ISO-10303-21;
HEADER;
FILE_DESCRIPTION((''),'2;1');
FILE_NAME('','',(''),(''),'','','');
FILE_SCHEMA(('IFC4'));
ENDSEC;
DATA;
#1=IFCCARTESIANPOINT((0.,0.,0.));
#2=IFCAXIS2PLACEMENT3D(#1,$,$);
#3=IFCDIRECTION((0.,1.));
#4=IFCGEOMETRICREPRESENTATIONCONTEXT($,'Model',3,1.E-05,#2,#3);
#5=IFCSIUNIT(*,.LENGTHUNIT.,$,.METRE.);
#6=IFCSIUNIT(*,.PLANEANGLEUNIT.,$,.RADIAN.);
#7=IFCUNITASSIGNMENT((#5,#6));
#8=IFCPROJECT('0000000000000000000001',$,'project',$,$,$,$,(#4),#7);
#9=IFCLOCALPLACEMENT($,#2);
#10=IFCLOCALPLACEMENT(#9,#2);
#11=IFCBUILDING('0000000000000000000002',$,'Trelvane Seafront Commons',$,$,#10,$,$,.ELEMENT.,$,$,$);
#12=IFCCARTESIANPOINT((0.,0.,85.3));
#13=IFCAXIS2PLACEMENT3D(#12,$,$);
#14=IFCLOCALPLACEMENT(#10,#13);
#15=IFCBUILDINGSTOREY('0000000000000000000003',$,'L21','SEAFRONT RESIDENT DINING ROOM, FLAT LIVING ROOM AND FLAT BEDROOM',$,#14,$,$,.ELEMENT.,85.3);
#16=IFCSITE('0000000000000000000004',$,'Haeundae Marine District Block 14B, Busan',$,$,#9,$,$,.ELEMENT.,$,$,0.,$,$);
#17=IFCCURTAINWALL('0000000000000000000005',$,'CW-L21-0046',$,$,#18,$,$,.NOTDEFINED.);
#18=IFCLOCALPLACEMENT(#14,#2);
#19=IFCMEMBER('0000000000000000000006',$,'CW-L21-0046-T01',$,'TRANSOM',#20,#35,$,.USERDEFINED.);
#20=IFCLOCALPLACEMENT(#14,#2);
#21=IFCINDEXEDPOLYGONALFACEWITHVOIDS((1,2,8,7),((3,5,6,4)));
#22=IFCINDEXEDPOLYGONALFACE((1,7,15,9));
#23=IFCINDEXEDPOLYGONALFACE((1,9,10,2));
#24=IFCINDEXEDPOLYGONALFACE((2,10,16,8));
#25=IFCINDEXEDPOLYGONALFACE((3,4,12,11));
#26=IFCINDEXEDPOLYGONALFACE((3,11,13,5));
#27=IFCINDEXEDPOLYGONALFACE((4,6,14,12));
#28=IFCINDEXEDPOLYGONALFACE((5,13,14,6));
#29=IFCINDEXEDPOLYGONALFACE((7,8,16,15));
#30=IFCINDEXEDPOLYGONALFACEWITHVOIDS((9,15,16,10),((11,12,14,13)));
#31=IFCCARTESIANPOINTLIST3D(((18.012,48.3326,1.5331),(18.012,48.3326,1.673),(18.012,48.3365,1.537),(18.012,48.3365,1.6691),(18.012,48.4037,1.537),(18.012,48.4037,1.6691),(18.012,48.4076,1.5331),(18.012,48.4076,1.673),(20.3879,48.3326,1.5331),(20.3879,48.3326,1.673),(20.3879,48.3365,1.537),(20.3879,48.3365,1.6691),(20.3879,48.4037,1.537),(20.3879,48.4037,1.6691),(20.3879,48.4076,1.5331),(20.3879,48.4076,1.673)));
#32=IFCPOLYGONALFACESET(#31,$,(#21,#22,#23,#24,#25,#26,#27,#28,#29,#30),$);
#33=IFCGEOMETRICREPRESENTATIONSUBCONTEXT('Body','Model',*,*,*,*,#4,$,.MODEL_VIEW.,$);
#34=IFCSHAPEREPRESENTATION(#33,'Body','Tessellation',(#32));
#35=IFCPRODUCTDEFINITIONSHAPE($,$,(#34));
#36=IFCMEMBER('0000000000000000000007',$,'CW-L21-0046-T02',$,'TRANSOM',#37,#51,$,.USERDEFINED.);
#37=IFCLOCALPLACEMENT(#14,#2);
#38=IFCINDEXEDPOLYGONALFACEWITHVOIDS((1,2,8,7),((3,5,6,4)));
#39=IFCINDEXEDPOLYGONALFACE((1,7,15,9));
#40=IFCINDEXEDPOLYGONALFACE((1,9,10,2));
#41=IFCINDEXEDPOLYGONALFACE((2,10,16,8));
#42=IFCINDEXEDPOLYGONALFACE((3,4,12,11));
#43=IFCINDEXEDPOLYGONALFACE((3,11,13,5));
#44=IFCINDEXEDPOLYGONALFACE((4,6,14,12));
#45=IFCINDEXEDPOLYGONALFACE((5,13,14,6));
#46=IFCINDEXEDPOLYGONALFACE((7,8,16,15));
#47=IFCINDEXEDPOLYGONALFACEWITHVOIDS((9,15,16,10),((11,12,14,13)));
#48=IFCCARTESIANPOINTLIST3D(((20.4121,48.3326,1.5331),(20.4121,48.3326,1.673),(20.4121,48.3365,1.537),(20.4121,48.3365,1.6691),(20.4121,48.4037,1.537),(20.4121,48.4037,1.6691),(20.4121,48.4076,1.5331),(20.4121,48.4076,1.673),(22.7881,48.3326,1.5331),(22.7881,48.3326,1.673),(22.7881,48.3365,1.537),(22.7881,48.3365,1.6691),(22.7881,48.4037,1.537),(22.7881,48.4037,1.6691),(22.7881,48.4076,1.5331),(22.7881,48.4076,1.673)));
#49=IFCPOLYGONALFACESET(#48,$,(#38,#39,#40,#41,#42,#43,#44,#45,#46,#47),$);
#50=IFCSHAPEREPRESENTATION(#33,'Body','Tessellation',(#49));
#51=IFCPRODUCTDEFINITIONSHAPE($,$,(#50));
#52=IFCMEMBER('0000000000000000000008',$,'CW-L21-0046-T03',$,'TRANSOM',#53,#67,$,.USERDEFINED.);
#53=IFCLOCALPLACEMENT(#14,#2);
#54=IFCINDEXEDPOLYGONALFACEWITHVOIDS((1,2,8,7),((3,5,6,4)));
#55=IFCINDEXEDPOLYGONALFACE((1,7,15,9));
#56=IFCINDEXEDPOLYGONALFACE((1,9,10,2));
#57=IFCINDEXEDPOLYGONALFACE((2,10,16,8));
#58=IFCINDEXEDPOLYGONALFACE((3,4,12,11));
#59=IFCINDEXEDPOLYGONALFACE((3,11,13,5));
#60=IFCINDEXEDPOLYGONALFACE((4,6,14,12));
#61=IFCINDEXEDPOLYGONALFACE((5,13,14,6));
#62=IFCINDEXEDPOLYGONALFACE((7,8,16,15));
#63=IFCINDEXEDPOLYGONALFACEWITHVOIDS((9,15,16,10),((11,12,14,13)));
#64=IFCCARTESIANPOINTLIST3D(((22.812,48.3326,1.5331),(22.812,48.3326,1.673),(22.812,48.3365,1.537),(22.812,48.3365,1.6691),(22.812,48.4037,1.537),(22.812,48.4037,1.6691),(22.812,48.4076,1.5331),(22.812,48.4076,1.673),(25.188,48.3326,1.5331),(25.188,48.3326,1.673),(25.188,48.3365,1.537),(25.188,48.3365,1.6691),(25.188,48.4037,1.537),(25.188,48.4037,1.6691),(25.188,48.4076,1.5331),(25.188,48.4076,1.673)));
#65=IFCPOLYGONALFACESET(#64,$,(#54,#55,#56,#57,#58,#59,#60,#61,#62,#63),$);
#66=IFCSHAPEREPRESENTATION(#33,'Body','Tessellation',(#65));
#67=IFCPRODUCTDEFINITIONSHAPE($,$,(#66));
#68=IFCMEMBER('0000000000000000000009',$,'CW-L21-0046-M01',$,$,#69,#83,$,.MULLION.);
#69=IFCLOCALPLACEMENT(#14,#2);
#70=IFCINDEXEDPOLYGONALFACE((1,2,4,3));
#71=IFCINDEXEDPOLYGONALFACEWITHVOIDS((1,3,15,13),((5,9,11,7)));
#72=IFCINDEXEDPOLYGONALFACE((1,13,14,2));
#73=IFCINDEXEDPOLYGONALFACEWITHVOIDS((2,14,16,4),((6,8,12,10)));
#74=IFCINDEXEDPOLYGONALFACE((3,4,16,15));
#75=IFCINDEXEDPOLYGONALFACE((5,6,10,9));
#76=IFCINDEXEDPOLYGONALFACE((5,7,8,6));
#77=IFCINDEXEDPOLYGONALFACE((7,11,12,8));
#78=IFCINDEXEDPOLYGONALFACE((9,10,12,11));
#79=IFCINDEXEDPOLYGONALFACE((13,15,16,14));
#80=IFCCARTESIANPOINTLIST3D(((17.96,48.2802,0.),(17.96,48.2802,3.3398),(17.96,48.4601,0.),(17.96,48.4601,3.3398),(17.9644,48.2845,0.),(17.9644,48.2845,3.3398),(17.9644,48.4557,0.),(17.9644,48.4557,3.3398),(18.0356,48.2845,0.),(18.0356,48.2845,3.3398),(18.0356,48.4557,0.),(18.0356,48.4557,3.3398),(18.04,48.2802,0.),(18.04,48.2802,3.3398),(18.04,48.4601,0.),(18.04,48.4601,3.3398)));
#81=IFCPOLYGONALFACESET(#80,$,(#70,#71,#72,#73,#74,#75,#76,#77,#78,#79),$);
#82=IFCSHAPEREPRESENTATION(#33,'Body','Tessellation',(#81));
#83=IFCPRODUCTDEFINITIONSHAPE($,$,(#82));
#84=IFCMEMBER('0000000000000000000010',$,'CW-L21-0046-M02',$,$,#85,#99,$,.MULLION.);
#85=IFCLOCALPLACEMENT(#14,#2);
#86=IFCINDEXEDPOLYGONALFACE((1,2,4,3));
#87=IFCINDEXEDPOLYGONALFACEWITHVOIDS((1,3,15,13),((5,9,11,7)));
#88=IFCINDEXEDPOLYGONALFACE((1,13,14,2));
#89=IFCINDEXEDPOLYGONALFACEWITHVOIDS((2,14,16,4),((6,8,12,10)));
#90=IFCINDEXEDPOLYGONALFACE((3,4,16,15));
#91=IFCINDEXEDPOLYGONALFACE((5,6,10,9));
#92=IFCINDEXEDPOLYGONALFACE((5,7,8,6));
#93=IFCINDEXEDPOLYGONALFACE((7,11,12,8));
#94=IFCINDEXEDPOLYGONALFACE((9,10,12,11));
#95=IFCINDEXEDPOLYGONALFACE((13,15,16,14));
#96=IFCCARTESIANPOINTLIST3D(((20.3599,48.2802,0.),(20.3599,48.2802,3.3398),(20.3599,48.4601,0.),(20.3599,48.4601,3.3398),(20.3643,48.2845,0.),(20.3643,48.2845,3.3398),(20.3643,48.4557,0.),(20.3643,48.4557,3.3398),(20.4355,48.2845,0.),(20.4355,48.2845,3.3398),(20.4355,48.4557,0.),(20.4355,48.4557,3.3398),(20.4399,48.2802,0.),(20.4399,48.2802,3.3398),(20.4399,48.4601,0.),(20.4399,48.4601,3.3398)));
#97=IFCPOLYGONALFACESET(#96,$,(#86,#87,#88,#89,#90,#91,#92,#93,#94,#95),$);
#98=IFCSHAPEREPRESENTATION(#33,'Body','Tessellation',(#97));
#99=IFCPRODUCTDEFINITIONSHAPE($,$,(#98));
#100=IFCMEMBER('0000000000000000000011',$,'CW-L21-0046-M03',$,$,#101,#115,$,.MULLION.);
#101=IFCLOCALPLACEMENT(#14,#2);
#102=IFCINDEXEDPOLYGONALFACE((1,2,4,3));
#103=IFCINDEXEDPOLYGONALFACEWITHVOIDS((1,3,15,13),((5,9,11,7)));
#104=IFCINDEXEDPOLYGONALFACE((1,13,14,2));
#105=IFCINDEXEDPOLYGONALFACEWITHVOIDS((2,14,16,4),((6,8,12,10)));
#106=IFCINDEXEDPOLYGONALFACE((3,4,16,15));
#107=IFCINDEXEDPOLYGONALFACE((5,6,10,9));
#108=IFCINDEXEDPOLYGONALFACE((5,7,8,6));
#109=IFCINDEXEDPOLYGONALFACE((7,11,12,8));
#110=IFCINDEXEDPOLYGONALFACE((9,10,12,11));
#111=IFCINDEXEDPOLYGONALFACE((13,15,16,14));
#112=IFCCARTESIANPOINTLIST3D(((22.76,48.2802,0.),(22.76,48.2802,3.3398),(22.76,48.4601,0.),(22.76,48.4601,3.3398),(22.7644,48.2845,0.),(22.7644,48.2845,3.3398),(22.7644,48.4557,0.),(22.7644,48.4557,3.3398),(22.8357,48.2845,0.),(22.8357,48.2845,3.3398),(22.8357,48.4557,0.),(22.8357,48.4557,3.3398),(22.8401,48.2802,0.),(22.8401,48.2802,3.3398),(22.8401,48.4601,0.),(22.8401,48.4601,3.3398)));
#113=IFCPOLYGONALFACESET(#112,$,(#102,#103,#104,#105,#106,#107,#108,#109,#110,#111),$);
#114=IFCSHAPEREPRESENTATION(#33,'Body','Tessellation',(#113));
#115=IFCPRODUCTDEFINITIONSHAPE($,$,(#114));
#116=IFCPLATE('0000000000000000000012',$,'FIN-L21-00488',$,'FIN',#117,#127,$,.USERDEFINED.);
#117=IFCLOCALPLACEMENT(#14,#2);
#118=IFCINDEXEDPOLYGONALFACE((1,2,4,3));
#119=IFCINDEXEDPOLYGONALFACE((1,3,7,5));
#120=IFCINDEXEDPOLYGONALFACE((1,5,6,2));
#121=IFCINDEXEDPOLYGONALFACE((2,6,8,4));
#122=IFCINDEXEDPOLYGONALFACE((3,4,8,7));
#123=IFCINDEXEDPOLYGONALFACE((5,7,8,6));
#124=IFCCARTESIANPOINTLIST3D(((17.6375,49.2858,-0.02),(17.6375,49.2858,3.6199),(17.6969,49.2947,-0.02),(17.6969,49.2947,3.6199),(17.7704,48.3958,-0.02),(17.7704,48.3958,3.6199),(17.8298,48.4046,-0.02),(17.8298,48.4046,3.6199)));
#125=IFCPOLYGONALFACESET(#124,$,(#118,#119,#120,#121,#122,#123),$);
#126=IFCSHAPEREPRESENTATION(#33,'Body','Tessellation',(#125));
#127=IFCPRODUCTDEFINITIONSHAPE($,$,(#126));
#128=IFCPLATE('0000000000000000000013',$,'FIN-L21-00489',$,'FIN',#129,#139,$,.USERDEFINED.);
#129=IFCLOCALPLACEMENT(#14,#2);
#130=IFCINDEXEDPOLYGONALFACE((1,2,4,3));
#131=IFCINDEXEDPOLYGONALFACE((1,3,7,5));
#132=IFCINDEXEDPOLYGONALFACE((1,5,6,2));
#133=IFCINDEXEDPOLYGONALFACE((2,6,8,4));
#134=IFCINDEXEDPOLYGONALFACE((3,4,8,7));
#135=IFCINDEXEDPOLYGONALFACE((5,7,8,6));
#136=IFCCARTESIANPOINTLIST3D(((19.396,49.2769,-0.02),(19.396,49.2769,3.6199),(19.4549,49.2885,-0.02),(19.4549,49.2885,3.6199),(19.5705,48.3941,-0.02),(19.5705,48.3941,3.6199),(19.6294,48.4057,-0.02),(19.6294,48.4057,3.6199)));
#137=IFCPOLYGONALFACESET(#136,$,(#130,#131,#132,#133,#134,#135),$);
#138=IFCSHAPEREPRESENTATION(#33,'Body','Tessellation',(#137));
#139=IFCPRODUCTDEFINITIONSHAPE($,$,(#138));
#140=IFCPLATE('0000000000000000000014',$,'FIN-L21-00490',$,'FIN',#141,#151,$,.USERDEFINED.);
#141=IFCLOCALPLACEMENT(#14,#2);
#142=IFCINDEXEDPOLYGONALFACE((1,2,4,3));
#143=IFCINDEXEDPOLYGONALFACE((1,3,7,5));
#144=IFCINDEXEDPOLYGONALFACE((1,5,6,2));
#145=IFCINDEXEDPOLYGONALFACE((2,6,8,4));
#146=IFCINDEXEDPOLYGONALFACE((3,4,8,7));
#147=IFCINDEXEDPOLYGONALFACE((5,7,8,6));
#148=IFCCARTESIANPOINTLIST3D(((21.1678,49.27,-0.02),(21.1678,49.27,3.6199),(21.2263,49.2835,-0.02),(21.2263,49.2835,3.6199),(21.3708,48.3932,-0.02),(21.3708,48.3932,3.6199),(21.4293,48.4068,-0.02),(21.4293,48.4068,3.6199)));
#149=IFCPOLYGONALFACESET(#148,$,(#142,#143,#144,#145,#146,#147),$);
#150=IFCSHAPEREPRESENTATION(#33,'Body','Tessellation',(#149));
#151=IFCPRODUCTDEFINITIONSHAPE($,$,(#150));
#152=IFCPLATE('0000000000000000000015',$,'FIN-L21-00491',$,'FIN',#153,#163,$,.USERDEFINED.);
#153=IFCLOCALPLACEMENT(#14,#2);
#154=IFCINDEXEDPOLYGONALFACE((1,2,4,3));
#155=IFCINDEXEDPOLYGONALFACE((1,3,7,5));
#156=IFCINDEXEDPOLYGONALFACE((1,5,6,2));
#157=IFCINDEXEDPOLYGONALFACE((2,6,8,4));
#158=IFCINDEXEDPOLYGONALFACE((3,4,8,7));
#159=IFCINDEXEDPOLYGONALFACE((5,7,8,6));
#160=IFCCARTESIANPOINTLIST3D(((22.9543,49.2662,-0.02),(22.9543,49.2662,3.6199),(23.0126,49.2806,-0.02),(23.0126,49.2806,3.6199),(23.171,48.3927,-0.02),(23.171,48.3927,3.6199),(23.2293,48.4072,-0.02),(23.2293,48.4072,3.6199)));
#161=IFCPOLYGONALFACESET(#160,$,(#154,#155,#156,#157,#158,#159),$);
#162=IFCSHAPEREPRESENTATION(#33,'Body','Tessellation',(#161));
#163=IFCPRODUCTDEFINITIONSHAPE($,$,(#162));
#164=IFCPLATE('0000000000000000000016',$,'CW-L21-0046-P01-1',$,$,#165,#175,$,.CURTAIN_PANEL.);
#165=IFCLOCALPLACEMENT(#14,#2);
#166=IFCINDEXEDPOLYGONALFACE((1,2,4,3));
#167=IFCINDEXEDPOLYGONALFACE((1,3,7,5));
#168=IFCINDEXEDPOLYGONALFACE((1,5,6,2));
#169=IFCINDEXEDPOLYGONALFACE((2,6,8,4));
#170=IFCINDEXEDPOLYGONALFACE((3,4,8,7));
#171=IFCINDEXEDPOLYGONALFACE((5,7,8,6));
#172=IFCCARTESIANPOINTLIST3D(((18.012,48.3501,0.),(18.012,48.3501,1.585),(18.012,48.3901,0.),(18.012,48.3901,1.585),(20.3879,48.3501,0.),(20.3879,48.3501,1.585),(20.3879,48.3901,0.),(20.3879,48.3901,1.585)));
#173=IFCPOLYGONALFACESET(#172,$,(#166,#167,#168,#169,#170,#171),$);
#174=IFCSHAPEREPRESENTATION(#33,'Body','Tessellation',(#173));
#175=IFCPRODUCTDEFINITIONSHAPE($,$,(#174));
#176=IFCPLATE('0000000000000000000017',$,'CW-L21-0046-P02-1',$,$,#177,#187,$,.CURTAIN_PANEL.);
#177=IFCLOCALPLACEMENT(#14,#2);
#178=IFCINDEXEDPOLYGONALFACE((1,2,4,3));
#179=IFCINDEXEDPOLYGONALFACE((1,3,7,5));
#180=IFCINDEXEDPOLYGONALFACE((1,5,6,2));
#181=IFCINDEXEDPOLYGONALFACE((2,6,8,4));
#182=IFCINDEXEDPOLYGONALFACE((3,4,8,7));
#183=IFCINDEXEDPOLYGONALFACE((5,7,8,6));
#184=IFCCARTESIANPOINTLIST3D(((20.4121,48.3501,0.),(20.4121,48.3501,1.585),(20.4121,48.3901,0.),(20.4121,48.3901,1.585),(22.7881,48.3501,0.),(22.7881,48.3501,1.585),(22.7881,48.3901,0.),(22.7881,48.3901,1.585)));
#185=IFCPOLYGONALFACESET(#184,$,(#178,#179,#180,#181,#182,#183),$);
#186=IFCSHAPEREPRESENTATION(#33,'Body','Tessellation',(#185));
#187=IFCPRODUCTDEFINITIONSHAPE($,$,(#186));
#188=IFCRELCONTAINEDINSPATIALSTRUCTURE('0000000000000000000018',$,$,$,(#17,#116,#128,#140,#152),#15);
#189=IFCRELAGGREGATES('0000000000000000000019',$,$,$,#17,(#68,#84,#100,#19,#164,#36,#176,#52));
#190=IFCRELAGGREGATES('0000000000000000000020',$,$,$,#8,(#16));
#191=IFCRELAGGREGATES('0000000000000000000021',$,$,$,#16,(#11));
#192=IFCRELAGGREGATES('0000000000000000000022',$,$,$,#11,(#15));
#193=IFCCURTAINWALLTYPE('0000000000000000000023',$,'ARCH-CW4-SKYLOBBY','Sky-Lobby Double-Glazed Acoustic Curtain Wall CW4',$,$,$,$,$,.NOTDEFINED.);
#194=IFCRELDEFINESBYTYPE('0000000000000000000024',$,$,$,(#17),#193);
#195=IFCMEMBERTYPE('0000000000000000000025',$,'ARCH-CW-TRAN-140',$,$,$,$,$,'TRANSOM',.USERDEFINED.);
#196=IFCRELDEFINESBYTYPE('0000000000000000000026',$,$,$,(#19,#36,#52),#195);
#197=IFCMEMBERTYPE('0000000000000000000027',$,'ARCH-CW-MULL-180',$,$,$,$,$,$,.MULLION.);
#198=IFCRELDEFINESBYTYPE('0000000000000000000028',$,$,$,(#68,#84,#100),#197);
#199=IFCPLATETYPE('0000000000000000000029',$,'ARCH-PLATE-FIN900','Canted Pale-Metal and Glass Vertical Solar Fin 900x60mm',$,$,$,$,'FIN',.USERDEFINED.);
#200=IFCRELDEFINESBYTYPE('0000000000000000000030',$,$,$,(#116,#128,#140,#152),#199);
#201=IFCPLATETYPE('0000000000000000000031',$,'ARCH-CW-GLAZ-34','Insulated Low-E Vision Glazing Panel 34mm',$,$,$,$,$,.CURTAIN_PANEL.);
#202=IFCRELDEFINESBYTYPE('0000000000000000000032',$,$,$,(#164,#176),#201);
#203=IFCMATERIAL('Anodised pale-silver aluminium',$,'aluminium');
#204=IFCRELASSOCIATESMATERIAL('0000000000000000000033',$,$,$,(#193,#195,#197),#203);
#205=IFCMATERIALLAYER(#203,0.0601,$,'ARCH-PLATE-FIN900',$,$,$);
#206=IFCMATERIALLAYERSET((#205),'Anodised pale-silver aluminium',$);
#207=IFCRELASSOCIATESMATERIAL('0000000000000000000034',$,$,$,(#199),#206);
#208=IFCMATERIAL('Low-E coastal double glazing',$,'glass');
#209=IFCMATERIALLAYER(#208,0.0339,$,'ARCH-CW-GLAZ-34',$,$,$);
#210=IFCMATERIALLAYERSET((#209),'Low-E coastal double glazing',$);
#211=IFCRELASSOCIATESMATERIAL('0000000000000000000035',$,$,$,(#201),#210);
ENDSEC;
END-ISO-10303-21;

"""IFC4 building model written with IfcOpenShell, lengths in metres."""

from ifc_helpers import new_model, si_unit, direction, frame, origin, origin_2d, place, context, subcontext, project, spatial, rectangle, hollow_rectangle, extrude, source, transform, mapped, material, layer, layer_set, material_profile, profile_set, type_object, element, aggregate, save


model = new_model("IFC4")

# Units and contexts
model_context = context("Model", 3, precision=1e-05, world=origin(), true_north=direction((0.0, 1.0)))
body_context = subcontext(model_context, "Body", "Model", "MODEL_VIEW")
ifc_project = project(units=[si_unit("LENGTHUNIT", "METRE"), si_unit("PLANEANGLEUNIT", "RADIAN")], contexts=[model_context])

# Site, building, storey
site_placement = place(None, origin())
site = spatial("IfcSite", under=ifc_project, at=site_placement, Name="Haeundae Marine District Block 14B, Busan", CompositionType="ELEMENT", RefElevation=0.0)
building_placement = place(site_placement, origin())
building = spatial("IfcBuilding", under=site, at=building_placement, Name="Trelvane Seafront Commons", CompositionType="ELEMENT")
storey_placement = place(building_placement, frame((0.0, 0.0, 85.3)))
storey = spatial("IfcBuildingStorey", under=building, at=storey_placement, Name="L21", Description="SEAFRONT RESIDENT DINING ROOM, FLAT LIVING ROOM AND FLAT BEDROOM", CompositionType="ELEMENT", Elevation=85.3)

# Curtain wall, members
ifc_material_1 = material(Name="Anodised pale-silver aluminium", Category="aluminium")
curtain_wall_type = type_object("IfcCurtainWallType", Name="ARCH-CW4-SKYLOBBY", Description="Sky-Lobby Double-Glazed Acoustic Curtain Wall CW4", PredefinedType="NOTDEFINED", material=ifc_material_1)
curtain_wall_placement = place(storey_placement, origin())
curtain_wall = element("IfcCurtainWall", 1, at=curtain_wall_placement, inside=storey, type_object=curtain_wall_type, Name="CW-L21-0046", PredefinedType="NOTDEFINED")
ifc_material_profile_1 = material_profile(ifc_material_1, hollow_rectangle(XDim=0.075, YDim=0.1399, WallThickness=0.0039, at=origin_2d()), Name="TRAN-75x140x4")
ifc_profile_set_1 = profile_set([ifc_material_profile_1], Name="Anodised pale-silver aluminium")
member_type_1 = type_object("IfcMemberType", Name="ARCH-CW-TRAN-140", ElementType="TRANSOM", PredefinedType="USERDEFINED", material=ifc_profile_set_1)
shared_shape_1 = source(origin(), body_context, "Body", "SweptSolid", [
    extrude(hollow_rectangle(XDim=0.075, YDim=0.1399, WallThickness=0.0039, at=origin_2d()), origin(), (0.0, 0.0, 1.0), 2.376),
])
member_1_placement = place(storey_placement, frame((18.012, 48.3701, 1.603), z_axis=(1.0, 0.0, 0.0), x_axis=(0.0, 1.0, 0.0)))
member_1 = element("IfcMember", 2, at=member_1_placement, type_object=member_type_1, Name="CW-L21-0046-T01", ObjectType="TRANSOM", PredefinedType="USERDEFINED", context=body_context, shape_type="MappedRepresentation", body=[
    mapped(shared_shape_1, transform((0.0, 0.0, 0.0), x_axis=(1.0, 0.0, 0.0), y_axis=(0.0, 1.0, 0.0), z_axis=(0.0, 0.0, 1.0), scale=1.0)),
])
member_2_placement = place(storey_placement, frame((20.4121, 48.3701, 1.603), z_axis=(1.0, 0.0, 0.0), x_axis=(0.0, 1.0, 0.0)))
member_2 = element("IfcMember", 3, at=member_2_placement, type_object=member_type_1, Name="CW-L21-0046-T02", ObjectType="TRANSOM", PredefinedType="USERDEFINED", context=body_context, shape_type="MappedRepresentation", body=[
    mapped(shared_shape_1, transform((0.0, 0.0, 0.0), x_axis=(1.0, 0.0, 0.0), y_axis=(0.0, 1.0, 0.0), z_axis=(0.0, 0.0, 1.0), scale=1.0)),
])
member_3_placement = place(storey_placement, frame((22.812, 48.3701, 1.603), z_axis=(1.0, 0.0, 0.0), x_axis=(0.0, 1.0, 0.0)))
member_3 = element("IfcMember", 4, at=member_3_placement, type_object=member_type_1, Name="CW-L21-0046-T03", ObjectType="TRANSOM", PredefinedType="USERDEFINED", context=body_context, shape_type="MappedRepresentation", body=[
    mapped(shared_shape_1, transform((0.0, 0.0, 0.0), x_axis=(1.0, 0.0, 0.0), y_axis=(0.0, 1.0, 0.0), z_axis=(0.0, 0.0, 1.0), scale=1.0)),
])
ifc_material_profile_2 = material_profile(ifc_material_1, hollow_rectangle(XDim=0.0801, YDim=0.1799, WallThickness=0.0044, at=origin_2d()), Name="MULL-80x180x4.5")
ifc_profile_set_2 = profile_set([ifc_material_profile_2], Name="Anodised pale-silver aluminium")
member_type_2 = type_object("IfcMemberType", Name="ARCH-CW-MULL-180", PredefinedType="MULLION", material=ifc_profile_set_2)
shared_shape_2 = source(origin(), body_context, "Body", "SweptSolid", [
    extrude(hollow_rectangle(XDim=0.0801, YDim=0.1799, WallThickness=0.0044, at=origin_2d()), origin(), (0.0, 0.0, 1.0), 3.3398),
])
member_4_placement = place(storey_placement, frame((18.0, 48.3701, 0.0), z_axis=(0.0, 0.0, 1.0), x_axis=(1.0, 0.0, 0.0)))
member_4 = element("IfcMember", 5, at=member_4_placement, type_object=member_type_2, Name="CW-L21-0046-M01", PredefinedType="MULLION", context=body_context, shape_type="MappedRepresentation", body=[
    mapped(shared_shape_2, transform((0.0, 0.0, 0.0), x_axis=(1.0, 0.0, 0.0), y_axis=(0.0, 1.0, 0.0), z_axis=(0.0, 0.0, 1.0), scale=1.0)),
])
member_5_placement = place(storey_placement, frame((20.3999, 48.3701, 0.0), z_axis=(0.0, 0.0, 1.0), x_axis=(1.0, 0.0, 0.0)))
member_5 = element("IfcMember", 6, at=member_5_placement, type_object=member_type_2, Name="CW-L21-0046-M02", PredefinedType="MULLION", context=body_context, shape_type="MappedRepresentation", body=[
    mapped(shared_shape_2, transform((0.0, 0.0, 0.0), x_axis=(1.0, 0.0, 0.0), y_axis=(0.0, 1.0, 0.0), z_axis=(0.0, 0.0, 1.0), scale=1.0)),
])
member_6_placement = place(storey_placement, frame((22.8, 48.3701, 0.0), z_axis=(0.0, 0.0, 1.0), x_axis=(1.0, 0.0, 0.0)))
member_6 = element("IfcMember", 7, at=member_6_placement, type_object=member_type_2, Name="CW-L21-0046-M03", PredefinedType="MULLION", context=body_context, shape_type="MappedRepresentation", body=[
    mapped(shared_shape_2, transform((0.0, 0.0, 0.0), x_axis=(1.0, 0.0, 0.0), y_axis=(0.0, 1.0, 0.0), z_axis=(0.0, 0.0, 1.0), scale=1.0)),
])

# Plates
ifc_layer_1 = layer(ifc_material_1, 0.0601, Name="ARCH-PLATE-FIN900")
ifc_layer_set_1 = layer_set([ifc_layer_1], Name="Anodised pale-silver aluminium")
plate_type_1 = type_object("IfcPlateType", Name="ARCH-PLATE-FIN900", Description="Canted Pale-Metal and Glass Vertical Solar Fin 900x60mm", ElementType="FIN", PredefinedType="USERDEFINED", material=ifc_layer_set_1)
shared_shape_3 = source(origin(), body_context, "Body", "SweptSolid", [
    extrude(rectangle(XDim=0.8999, YDim=0.0601, at=origin_2d()), origin(), (0.0, 0.0, 1.0), 3.6399),
])
for number, where, z_axis, x_axis, name in (
    (8, (17.7336, 48.8452, -0.02), (0.0, 0.0, 1.0), (-0.147671, 0.989036, 0.0), "FIN-L21-00488"),
    (9, (19.5127, 48.8413, -0.02), (0.0, 0.0, 1.0), (-0.193894, 0.981023, 0.0), "FIN-L21-00489"),
    (10, (21.2986, 48.8384, -0.02), (0.0, 0.0, 1.0), (-0.225558, 0.97423, 0.0), "FIN-L21-00490"),
    (11, (23.0918, 48.8367, -0.02), (0.0, 0.0, 1.0), (-0.240784, 0.970579, 0.0), "FIN-L21-00491"),
):
    element("IfcPlate", number, at=place(storey_placement, frame(where, z_axis=z_axis, x_axis=x_axis)), inside=storey, type_object=plate_type_1, Name=name, ObjectType="FIN", PredefinedType="USERDEFINED", context=body_context, shape_type="MappedRepresentation", body=[
        mapped(shared_shape_3, transform((0.0, 0.0, 0.0), x_axis=(1.0, 0.0, 0.0), y_axis=(0.0, 1.0, 0.0), z_axis=(0.0, 0.0, 1.0), scale=1.0)),
    ])

# Plates
ifc_material_2 = material(Name="Low-E coastal double glazing", Category="glass")
ifc_layer_2 = layer(ifc_material_2, 0.0339, Name="ARCH-CW-GLAZ-34")
ifc_layer_set_2 = layer_set([ifc_layer_2], Name="Low-E coastal double glazing")
plate_type_2 = type_object("IfcPlateType", Name="ARCH-CW-GLAZ-34", Description="Insulated Low-E Vision Glazing Panel 34mm", PredefinedType="CURTAIN_PANEL", material=ifc_layer_set_2)
shared_shape_4 = source(origin(), body_context, "Body", "SweptSolid", [
    extrude(rectangle(XDim=2.376, YDim=0.04, at=origin_2d()), origin(), (0.0, 0.0, 1.0), 1.585),
])
plate_1_placement = place(storey_placement, frame((19.2, 48.3701, 0.0), z_axis=(0.0, 0.0, 1.0), x_axis=(1.0, 0.0, 0.0)))
plate_1 = element("IfcPlate", 12, at=plate_1_placement, type_object=plate_type_2, Name="CW-L21-0046-P01-1", PredefinedType="CURTAIN_PANEL", context=body_context, shape_type="MappedRepresentation", body=[
    mapped(shared_shape_4, transform((0.0, 0.0, 0.0), x_axis=(1.0, 0.0, 0.0), y_axis=(0.0, 1.0, 0.0), z_axis=(0.0, 0.0, 1.0), scale=1.0)),
])
plate_2_placement = place(storey_placement, frame((21.6001, 48.3701, 0.0), z_axis=(0.0, 0.0, 1.0), x_axis=(1.0, 0.0, 0.0)))
plate_2 = element("IfcPlate", 13, at=plate_2_placement, type_object=plate_type_2, Name="CW-L21-0046-P02-1", PredefinedType="CURTAIN_PANEL", context=body_context, shape_type="MappedRepresentation", body=[
    mapped(shared_shape_4, transform((0.0, 0.0, 0.0), x_axis=(1.0, 0.0, 0.0), y_axis=(0.0, 1.0, 0.0), z_axis=(0.0, 0.0, 1.0), scale=1.0)),
])
aggregate(curtain_wall, [member_4, member_5, member_6, member_1, plate_1, member_2, plate_2, member_3])

save(model, "model.ifc")
